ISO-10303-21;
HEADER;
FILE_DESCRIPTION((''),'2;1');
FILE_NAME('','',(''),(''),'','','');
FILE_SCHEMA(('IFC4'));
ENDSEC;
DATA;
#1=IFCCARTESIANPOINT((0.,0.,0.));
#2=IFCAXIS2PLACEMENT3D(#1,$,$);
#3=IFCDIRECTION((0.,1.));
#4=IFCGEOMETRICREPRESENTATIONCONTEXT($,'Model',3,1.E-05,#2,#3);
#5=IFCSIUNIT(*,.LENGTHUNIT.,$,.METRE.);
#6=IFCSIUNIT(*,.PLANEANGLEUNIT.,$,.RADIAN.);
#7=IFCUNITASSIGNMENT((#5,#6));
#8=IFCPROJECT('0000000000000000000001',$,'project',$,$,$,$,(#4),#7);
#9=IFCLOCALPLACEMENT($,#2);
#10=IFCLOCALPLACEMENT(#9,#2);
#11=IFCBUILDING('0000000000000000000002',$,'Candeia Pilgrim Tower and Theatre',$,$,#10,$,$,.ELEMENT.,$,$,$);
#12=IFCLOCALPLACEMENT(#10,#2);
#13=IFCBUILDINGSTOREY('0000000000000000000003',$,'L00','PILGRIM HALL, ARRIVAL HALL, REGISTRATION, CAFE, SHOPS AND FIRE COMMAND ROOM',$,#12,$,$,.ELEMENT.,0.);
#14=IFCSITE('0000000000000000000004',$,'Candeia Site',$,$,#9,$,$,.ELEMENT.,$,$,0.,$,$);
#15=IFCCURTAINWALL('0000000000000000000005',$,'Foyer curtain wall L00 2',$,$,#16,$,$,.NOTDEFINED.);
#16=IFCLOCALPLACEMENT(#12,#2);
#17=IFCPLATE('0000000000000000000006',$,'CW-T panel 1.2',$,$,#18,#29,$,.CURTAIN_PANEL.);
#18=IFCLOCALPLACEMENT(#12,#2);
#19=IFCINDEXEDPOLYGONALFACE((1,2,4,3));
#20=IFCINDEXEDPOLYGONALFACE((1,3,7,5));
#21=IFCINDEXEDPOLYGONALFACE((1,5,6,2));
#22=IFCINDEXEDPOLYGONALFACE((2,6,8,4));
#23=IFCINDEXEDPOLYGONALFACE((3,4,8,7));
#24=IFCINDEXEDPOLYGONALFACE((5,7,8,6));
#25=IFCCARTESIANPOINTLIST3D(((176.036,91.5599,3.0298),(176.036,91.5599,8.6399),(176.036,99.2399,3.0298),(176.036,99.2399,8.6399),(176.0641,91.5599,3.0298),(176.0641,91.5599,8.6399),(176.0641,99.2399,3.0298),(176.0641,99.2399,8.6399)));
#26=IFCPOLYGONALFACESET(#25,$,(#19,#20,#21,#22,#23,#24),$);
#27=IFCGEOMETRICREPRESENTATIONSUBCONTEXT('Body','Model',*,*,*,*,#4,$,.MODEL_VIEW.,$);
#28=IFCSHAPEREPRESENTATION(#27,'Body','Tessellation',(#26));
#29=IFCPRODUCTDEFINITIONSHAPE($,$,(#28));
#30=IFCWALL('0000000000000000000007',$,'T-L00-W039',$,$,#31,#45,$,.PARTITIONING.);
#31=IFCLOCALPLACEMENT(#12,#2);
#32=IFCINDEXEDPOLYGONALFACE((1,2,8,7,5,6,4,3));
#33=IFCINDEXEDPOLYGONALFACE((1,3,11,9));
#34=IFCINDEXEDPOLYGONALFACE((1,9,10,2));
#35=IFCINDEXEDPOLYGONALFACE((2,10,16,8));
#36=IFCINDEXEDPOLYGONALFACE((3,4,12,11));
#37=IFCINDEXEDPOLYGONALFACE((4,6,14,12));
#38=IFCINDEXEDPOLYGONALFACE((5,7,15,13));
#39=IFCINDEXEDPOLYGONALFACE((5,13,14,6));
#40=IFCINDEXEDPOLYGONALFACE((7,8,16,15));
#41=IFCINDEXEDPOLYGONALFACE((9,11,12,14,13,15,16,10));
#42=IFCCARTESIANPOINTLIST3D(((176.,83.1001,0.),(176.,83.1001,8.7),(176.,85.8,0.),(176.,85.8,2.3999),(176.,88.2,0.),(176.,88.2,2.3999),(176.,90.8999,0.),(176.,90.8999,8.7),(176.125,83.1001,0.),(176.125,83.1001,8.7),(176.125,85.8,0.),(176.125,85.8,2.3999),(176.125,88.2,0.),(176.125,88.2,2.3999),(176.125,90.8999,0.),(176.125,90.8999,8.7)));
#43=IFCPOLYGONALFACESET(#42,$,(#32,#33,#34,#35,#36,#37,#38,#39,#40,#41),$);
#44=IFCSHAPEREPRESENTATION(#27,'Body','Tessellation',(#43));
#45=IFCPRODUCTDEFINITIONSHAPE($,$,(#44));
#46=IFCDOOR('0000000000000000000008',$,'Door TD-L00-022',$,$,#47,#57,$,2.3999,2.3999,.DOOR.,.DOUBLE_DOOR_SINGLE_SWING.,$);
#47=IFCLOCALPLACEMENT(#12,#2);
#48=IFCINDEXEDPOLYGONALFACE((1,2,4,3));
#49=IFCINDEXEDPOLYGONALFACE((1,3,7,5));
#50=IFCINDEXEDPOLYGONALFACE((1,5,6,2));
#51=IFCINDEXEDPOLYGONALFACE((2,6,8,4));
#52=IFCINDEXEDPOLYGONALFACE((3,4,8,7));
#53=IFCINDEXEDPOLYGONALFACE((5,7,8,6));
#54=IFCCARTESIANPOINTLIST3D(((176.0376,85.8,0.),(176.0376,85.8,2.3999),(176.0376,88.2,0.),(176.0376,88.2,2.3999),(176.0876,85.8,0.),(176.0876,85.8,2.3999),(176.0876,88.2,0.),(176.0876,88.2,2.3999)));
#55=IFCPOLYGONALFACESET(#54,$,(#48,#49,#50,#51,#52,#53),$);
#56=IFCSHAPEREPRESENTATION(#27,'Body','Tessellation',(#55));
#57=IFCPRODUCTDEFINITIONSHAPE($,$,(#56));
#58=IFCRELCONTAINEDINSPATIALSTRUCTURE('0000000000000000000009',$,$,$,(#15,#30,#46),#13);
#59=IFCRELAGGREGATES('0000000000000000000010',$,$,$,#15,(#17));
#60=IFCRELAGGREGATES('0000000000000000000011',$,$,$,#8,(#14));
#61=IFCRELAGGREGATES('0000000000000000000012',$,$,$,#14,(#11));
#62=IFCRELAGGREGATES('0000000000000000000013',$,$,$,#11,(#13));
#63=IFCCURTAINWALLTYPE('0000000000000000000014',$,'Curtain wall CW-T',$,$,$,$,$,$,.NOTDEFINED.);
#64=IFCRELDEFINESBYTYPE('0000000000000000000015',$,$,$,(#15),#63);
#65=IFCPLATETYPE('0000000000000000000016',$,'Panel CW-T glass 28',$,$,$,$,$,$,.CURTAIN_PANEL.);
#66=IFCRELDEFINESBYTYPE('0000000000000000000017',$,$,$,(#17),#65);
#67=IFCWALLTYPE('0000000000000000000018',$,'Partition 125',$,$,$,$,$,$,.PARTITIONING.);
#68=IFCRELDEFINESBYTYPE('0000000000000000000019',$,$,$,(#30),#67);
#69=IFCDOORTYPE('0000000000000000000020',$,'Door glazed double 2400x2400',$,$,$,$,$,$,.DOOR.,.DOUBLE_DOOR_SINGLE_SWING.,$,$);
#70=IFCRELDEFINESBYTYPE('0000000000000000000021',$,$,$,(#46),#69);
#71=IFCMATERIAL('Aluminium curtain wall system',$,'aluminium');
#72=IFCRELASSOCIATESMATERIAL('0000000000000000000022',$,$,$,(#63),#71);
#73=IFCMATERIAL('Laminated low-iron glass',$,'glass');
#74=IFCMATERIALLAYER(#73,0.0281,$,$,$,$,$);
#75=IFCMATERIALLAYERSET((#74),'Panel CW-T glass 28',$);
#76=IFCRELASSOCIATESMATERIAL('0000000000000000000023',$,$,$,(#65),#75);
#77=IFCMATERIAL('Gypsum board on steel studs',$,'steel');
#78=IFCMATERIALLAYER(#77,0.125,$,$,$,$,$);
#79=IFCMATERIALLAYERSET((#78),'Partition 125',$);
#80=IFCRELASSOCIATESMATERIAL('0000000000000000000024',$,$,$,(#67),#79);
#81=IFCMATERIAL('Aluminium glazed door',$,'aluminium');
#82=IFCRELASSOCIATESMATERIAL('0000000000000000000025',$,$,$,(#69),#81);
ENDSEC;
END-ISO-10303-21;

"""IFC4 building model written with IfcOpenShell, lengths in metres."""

from ifc_helpers import new_model, si_unit, direction, frame, frame_2d, origin, origin_2d, place, context, subcontext, project, spatial, rectangle, extrude, material, layer, layer_set, type_object, element, fill, aggregate, save


model = new_model("IFC4")

# Units and contexts
model_context = context("Model", 3, precision=1e-05, world=origin(), true_north=direction((0.0, 1.0)))
body_context = subcontext(model_context, "Body", "Model", "MODEL_VIEW")
ifc_project = project(units=[si_unit("LENGTHUNIT", "METRE"), si_unit("PLANEANGLEUNIT", "RADIAN")], contexts=[model_context])

# Site, building, storey
site_placement = place(None, origin())
site = spatial("IfcSite", under=ifc_project, at=site_placement, Name="Candeia Site", CompositionType="ELEMENT", RefElevation=0.0)
building_placement = place(site_placement, origin())
building = spatial("IfcBuilding", under=site, at=building_placement, Name="Candeia Pilgrim Tower and Theatre", CompositionType="ELEMENT")
storey_placement = place(building_placement, origin())
storey = spatial("IfcBuildingStorey", under=building, at=storey_placement, Name="L00", Description="PILGRIM HALL, ARRIVAL HALL, REGISTRATION, CAFE, SHOPS AND FIRE COMMAND ROOM", CompositionType="ELEMENT", Elevation=0.0)

# Curtain wall, plate
ifc_material_1 = material(Name="Aluminium curtain wall system", Category="aluminium")
curtain_wall_type = type_object("IfcCurtainWallType", Name="Curtain wall CW-T", PredefinedType="NOTDEFINED", material=ifc_material_1)
curtain_wall_placement = place(storey_placement, origin())
curtain_wall = element("IfcCurtainWall", 1, at=curtain_wall_placement, inside=storey, type_object=curtain_wall_type, Name="Foyer curtain wall L00 2", PredefinedType="NOTDEFINED")
ifc_material_2 = material(Name="Laminated low-iron glass", Category="glass")
ifc_layer_1 = layer(ifc_material_2, 0.0281)
ifc_layer_set_1 = layer_set([ifc_layer_1], Name="Panel CW-T glass 28")
plate_type = type_object("IfcPlateType", Name="Panel CW-T glass 28", PredefinedType="CURTAIN_PANEL", material=ifc_layer_set_1)
plate_1_placement = place(storey_placement, frame((176.05, 95.3999, 3.0298), z_axis=(0.0, 0.0, 1.0), x_axis=(0.0, 1.0, 0.0)))
plate_1 = element("IfcPlate", 2, at=plate_1_placement, type_object=plate_type, Name="CW-T panel 1.2", PredefinedType="CURTAIN_PANEL", context=body_context, shape_type="SweptSolid", body=[
    extrude(rectangle(XDim=7.6799, YDim=0.0281, at=origin_2d()), origin(), (0.0, 0.0, 1.0), 5.6101),
])
aggregate(curtain_wall, [plate_1])

# Wall, opening, door
ifc_material_3 = material(Name="Gypsum board on steel studs", Category="steel")
ifc_layer_2 = layer(ifc_material_3, 0.125)
ifc_layer_set_2 = layer_set([ifc_layer_2], Name="Partition 125")
wall_type = type_object("IfcWallType", Name="Partition 125", PredefinedType="PARTITIONING", material=ifc_layer_set_2)
wall_placement = place(storey_placement, frame((176.0625, 83.1001, 0.0), z_axis=(0.0, 0.0, 1.0), x_axis=(0.0, 1.0, 0.0)))
wall = element("IfcWall", 3, at=wall_placement, inside=storey, type_object=wall_type, Name="T-L00-W039", PredefinedType="PARTITIONING", context=body_context, shape_type="SweptSolid", body=[
    extrude(rectangle(XDim=7.7998, YDim=0.125, at=frame_2d((3.8999, 0.0))), origin(), (0.0, 0.0, 1.0), 8.7),
])
opening_placement = place(wall_placement, frame((2.7, 0.0, 0.0)))
opening = element("IfcOpeningElement", 4, at=opening_placement, cuts=wall, PredefinedType="OPENING", context=body_context, shape_type="SweptSolid", body=[
    extrude(rectangle(XDim=2.3999, YDim=2.3999, at=frame_2d((1.2, 1.2))), frame((0.0, 0.0725, 0.0), z_axis=(0.0, -1.0, 0.0), x_axis=(1.0, 0.0, 0.0)), (0.0, 0.0, 1.0), 0.145),
])
ifc_material_4 = material(Name="Aluminium glazed door", Category="aluminium")
door_type = type_object("IfcDoorType", Name="Door glazed double 2400x2400", OperationType="DOUBLE_DOOR_SINGLE_SWING", PredefinedType="DOOR", material=ifc_material_4)
door_placement = place(opening_placement, origin())
door = element("IfcDoor", 5, at=door_placement, inside=storey, type_object=door_type, Name="Door TD-L00-022", OperationType="DOUBLE_DOOR_SINGLE_SWING", OverallHeight=2.3999, OverallWidth=2.3999, PredefinedType="DOOR", context=body_context, shape_type="SweptSolid", body=[
    extrude(rectangle(XDim=2.3999, YDim=2.3999, at=frame_2d((1.2, 1.2))), frame((0.0, 0.0249, 0.0), z_axis=(0.0, -1.0, 0.0), x_axis=(1.0, 0.0, 0.0)), (0.0, 0.0, 1.0), 0.05),
])
fill(opening, door)

save(model, "model.ifc")
